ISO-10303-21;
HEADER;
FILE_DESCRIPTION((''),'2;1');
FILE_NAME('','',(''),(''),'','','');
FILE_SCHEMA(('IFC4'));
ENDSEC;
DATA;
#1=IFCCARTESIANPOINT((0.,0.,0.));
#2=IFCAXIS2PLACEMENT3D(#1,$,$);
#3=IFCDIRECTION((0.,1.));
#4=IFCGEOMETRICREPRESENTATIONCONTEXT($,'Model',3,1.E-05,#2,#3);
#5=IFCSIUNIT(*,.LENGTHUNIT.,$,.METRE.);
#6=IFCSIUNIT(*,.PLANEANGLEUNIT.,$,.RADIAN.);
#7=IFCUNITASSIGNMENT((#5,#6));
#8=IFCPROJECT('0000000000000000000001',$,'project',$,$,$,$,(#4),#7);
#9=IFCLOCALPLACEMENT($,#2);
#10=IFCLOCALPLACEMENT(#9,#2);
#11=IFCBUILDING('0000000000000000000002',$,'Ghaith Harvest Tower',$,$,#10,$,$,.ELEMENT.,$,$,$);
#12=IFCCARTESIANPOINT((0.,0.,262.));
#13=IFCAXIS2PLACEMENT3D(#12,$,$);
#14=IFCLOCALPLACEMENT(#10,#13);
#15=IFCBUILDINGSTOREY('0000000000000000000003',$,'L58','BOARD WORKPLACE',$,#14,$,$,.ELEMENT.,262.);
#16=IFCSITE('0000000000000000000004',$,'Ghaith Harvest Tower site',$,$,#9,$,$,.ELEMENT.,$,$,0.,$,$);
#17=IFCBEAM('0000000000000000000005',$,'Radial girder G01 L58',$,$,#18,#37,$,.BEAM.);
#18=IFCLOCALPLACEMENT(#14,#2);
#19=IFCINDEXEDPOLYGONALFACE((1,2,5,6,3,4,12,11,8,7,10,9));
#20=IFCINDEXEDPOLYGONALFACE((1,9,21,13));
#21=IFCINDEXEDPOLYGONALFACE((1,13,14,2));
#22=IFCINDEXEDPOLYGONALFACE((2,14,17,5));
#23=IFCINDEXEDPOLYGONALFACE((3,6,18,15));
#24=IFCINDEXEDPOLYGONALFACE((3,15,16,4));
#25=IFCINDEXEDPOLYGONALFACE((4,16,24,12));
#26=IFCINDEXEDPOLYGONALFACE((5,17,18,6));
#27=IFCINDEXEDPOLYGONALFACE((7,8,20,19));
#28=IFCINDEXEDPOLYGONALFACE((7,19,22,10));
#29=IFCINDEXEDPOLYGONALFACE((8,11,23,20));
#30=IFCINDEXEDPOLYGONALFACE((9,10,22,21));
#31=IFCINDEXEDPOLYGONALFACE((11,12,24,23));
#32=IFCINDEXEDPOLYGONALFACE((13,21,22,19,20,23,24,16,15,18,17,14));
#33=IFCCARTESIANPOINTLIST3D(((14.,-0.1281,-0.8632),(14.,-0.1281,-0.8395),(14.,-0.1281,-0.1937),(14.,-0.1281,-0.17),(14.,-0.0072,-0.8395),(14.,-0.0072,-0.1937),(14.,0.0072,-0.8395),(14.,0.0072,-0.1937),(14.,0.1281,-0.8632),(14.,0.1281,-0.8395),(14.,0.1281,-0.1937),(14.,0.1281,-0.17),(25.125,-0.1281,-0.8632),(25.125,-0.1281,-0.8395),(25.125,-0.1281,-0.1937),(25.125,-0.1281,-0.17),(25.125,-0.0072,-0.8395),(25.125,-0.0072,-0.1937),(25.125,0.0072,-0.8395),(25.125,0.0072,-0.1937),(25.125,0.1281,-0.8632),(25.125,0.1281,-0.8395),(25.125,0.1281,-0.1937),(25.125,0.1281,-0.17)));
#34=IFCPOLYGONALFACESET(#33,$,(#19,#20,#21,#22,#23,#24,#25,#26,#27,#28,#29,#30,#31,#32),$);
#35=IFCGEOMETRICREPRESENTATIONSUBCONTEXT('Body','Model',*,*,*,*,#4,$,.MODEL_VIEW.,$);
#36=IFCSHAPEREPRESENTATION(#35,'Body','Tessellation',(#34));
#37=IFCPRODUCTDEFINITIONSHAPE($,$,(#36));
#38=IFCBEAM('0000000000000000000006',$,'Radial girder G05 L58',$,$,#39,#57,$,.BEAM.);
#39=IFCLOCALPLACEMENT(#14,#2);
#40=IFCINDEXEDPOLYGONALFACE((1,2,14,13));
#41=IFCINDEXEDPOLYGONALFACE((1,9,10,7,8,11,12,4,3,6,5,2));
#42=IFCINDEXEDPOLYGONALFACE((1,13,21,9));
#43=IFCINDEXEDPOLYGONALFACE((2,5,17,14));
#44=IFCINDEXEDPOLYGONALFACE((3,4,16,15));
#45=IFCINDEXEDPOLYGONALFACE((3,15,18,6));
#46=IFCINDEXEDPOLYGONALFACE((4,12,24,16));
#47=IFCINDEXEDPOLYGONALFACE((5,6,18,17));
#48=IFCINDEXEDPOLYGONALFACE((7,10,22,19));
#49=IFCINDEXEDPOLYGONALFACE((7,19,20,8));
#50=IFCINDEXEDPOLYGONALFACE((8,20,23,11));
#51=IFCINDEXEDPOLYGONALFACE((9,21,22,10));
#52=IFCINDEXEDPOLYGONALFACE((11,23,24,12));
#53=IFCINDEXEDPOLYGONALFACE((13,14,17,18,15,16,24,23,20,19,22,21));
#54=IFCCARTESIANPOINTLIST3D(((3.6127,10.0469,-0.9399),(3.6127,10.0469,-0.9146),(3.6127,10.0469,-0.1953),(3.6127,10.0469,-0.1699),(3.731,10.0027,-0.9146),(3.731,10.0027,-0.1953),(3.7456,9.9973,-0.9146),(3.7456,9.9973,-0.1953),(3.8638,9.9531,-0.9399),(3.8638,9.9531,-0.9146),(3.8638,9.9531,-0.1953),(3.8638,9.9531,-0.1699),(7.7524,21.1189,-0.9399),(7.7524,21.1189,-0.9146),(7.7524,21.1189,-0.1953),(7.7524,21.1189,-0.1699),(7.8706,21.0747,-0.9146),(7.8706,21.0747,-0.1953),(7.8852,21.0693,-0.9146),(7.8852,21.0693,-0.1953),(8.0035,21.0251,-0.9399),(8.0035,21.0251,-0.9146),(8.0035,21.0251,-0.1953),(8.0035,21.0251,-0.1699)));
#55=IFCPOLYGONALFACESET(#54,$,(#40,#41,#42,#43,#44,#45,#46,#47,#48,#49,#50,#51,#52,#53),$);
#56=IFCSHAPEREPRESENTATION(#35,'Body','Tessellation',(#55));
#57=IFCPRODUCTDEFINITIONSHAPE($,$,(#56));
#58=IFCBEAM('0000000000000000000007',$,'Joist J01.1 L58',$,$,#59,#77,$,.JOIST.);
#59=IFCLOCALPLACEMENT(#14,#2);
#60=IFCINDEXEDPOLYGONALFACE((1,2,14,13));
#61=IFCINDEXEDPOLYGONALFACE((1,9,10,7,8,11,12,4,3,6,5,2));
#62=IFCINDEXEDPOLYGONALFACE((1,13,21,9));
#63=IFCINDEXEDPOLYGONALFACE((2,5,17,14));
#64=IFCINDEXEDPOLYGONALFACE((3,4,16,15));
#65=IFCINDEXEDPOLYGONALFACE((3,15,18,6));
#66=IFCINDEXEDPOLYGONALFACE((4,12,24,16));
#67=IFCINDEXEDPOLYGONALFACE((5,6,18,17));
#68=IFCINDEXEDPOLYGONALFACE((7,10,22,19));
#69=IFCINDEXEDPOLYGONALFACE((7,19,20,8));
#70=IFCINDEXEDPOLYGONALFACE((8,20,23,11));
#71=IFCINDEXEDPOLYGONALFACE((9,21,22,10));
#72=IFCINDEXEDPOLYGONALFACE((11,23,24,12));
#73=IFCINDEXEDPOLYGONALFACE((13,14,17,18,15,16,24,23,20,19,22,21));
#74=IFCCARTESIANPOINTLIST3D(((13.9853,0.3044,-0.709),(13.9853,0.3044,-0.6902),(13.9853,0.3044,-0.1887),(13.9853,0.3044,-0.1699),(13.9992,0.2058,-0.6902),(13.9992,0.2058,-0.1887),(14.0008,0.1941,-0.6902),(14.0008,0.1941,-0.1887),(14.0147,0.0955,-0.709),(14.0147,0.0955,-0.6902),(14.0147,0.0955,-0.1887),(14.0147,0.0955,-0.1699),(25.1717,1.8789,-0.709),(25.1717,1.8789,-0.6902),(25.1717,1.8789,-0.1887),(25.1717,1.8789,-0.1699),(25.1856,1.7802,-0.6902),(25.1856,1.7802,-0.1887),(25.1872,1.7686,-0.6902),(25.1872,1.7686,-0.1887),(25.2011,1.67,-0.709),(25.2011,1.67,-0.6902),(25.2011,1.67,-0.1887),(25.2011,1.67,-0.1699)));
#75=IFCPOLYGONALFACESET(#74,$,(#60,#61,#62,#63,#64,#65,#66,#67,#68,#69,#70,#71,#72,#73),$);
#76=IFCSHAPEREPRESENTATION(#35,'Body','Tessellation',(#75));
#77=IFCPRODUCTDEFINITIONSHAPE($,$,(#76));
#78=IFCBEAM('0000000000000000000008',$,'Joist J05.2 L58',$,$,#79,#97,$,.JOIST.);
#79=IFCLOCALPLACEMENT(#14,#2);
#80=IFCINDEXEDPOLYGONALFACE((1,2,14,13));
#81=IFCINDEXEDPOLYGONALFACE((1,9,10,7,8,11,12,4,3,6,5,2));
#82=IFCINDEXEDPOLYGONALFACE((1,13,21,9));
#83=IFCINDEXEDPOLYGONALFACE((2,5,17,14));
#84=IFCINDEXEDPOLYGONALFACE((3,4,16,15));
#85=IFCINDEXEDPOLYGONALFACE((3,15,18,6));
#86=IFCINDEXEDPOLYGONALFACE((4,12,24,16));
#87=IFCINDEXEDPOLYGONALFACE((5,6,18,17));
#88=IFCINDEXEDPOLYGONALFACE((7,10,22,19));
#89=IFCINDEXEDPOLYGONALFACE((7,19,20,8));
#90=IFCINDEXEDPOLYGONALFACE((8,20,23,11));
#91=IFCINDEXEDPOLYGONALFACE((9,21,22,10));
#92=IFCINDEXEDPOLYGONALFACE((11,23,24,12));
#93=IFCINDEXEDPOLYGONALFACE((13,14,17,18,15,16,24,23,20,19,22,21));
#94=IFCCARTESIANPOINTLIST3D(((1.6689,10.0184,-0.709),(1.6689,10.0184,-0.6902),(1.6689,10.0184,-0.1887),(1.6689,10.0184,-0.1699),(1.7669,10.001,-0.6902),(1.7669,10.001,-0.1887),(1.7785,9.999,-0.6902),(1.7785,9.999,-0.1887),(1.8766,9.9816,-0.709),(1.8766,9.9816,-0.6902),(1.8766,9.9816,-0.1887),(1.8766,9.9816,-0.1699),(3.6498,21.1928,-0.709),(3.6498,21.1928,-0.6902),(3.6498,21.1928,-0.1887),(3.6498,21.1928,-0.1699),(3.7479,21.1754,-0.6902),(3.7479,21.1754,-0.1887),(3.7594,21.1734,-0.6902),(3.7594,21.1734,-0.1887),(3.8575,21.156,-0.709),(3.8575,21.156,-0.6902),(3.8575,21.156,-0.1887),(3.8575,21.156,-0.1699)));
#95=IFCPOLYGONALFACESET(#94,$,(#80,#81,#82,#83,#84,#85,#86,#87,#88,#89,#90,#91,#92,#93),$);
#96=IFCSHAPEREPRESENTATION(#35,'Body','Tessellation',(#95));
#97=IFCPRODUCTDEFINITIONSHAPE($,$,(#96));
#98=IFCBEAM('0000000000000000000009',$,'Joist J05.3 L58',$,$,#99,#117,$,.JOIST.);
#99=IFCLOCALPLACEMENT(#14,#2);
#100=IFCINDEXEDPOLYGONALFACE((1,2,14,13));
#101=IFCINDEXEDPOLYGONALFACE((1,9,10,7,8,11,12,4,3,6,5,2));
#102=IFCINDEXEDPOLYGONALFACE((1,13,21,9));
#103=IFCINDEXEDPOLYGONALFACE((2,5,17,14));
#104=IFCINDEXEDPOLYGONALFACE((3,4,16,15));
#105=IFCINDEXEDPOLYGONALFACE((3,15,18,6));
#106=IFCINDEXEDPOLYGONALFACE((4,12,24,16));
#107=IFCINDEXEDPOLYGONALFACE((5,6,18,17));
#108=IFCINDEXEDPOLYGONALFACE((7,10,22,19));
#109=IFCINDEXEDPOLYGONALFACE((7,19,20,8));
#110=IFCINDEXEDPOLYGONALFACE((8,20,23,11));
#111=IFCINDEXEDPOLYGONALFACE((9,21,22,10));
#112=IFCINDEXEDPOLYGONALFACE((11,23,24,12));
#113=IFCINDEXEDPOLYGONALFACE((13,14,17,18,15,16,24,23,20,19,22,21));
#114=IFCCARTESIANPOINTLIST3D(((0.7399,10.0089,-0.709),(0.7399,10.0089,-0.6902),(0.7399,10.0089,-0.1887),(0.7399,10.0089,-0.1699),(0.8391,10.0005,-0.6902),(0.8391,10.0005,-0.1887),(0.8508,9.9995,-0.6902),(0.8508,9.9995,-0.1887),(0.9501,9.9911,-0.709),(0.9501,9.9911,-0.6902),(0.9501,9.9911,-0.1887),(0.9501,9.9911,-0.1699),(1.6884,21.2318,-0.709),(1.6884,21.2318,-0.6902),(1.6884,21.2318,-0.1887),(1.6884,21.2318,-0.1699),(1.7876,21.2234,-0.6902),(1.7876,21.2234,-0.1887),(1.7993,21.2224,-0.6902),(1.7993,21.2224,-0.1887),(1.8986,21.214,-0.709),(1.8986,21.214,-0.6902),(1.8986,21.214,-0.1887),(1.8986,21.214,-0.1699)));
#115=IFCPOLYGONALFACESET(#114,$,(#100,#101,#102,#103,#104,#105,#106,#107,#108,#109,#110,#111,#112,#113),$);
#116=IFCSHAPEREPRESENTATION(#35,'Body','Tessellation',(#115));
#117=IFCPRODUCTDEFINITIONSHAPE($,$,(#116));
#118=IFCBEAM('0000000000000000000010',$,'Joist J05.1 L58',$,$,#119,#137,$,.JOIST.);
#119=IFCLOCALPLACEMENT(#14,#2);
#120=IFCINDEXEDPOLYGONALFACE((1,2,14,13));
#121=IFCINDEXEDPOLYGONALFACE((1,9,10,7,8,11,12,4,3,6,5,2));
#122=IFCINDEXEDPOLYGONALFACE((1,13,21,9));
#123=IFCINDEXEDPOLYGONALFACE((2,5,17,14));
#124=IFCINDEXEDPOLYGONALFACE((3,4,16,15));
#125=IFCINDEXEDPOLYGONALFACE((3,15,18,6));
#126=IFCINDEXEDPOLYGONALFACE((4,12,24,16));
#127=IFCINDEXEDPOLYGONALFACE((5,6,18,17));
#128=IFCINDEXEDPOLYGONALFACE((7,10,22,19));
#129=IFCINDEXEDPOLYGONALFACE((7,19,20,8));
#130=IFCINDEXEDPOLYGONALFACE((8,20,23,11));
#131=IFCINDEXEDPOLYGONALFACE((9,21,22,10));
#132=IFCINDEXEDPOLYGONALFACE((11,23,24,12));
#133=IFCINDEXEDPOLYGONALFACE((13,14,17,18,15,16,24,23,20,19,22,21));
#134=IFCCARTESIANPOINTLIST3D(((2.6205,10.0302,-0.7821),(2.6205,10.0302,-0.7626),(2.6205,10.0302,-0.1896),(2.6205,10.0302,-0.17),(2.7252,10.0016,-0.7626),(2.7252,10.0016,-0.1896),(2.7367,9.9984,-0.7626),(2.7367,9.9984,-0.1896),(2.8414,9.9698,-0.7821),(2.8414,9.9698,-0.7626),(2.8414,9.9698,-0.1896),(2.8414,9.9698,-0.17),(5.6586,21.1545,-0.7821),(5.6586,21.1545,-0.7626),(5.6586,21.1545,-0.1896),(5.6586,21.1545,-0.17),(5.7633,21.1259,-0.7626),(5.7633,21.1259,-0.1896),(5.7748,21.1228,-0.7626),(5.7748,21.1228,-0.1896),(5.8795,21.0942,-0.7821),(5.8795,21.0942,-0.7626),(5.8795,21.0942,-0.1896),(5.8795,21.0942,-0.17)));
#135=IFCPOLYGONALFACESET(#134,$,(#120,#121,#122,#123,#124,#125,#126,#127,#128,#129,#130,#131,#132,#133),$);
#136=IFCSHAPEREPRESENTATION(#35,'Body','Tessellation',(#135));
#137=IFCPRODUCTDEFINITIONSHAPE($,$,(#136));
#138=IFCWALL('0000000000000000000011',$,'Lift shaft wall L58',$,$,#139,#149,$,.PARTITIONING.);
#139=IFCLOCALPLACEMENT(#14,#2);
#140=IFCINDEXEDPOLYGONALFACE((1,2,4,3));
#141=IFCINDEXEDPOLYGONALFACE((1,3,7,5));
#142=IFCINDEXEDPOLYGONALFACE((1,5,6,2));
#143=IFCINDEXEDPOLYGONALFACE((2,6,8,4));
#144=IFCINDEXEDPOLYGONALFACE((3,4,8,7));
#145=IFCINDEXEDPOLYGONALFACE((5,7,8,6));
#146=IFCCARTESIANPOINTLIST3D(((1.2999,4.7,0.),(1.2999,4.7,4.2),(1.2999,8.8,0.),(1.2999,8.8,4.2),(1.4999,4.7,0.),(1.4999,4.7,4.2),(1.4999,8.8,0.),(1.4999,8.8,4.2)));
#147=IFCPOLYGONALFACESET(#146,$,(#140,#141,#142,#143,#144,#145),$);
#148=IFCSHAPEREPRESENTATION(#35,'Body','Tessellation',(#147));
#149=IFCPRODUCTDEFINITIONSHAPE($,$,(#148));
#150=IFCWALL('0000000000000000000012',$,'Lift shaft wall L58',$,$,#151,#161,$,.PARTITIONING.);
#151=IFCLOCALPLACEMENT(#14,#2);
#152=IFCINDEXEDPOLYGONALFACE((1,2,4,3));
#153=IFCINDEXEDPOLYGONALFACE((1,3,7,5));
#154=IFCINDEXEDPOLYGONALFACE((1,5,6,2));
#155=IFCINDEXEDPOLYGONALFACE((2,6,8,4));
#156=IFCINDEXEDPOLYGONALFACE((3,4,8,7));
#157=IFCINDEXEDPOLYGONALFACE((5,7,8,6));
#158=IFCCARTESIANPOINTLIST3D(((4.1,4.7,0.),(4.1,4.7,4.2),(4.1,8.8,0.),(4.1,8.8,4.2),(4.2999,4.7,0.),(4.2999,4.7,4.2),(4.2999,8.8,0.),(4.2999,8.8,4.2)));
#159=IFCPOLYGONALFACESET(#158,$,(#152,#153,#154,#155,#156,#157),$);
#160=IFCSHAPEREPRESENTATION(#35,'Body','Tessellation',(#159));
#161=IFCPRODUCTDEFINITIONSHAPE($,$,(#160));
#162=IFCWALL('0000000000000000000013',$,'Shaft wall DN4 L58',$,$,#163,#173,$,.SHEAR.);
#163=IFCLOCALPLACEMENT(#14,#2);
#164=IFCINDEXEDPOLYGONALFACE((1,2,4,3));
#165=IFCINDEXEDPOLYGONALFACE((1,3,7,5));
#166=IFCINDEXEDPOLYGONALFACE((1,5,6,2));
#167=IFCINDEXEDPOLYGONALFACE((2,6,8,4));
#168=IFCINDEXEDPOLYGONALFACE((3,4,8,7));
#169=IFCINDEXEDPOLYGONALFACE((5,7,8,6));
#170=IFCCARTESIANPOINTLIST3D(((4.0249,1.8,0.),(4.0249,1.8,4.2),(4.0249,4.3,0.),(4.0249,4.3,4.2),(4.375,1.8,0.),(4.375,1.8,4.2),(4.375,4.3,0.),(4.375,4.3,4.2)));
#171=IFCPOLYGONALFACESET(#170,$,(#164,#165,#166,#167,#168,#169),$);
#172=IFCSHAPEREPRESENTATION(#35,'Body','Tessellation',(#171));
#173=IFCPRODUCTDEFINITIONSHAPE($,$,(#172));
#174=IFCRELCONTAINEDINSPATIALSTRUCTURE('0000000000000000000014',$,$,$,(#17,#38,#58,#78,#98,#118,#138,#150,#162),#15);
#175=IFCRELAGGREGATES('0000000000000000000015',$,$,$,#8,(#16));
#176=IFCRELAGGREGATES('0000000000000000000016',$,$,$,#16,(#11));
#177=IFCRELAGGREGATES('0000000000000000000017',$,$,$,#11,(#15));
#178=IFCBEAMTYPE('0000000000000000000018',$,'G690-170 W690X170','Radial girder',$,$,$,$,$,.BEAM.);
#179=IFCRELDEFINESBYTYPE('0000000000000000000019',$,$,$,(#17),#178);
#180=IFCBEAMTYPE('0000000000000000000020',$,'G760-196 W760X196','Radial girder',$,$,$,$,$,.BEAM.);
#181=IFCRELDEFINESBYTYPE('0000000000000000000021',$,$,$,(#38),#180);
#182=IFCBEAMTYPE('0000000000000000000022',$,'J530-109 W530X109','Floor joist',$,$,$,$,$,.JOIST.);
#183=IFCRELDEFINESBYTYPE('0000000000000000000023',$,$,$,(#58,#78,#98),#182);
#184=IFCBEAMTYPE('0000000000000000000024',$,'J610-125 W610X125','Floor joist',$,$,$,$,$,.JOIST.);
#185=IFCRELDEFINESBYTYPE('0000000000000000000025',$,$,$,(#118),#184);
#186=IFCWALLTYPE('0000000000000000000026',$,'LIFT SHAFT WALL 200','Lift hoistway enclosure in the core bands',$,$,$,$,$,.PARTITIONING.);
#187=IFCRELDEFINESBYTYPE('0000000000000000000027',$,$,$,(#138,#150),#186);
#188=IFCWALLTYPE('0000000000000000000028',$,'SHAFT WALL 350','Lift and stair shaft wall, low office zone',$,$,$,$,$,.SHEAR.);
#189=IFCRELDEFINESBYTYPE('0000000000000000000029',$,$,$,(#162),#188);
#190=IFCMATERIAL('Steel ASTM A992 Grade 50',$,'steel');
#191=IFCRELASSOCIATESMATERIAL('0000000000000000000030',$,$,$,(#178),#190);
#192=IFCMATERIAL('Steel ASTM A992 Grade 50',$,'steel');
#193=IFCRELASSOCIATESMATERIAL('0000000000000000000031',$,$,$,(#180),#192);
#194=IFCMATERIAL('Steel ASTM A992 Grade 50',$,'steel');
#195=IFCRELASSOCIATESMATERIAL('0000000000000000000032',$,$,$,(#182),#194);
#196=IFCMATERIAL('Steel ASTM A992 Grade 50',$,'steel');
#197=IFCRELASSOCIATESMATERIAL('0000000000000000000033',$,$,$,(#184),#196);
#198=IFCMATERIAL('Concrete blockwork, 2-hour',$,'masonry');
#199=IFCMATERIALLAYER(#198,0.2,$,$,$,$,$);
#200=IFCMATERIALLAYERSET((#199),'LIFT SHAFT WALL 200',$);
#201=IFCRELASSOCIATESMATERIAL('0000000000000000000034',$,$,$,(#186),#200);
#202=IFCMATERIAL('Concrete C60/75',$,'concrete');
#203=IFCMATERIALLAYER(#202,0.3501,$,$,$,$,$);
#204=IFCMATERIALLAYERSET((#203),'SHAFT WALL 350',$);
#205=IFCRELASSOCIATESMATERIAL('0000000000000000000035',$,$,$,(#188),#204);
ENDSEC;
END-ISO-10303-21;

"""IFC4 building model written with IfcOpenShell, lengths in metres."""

from ifc_helpers import new_model, si_unit, direction, frame, frame_2d, origin, origin_2d, place, context, subcontext, project, spatial, rectangle, i_section, extrude, material, layer, layer_set, material_profile, profile_set, type_object, element, save


model = new_model("IFC4")

# Units and contexts
model_context = context("Model", 3, precision=1e-05, world=origin(), true_north=direction((0.0, 1.0)))
body_context = subcontext(model_context, "Body", "Model", "MODEL_VIEW")
ifc_project = project(units=[si_unit("LENGTHUNIT", "METRE"), si_unit("PLANEANGLEUNIT", "RADIAN")], contexts=[model_context])

# Site, building, storey
site_placement = place(None, origin())
site = spatial("IfcSite", under=ifc_project, at=site_placement, Name="Ghaith Harvest Tower site", CompositionType="ELEMENT", RefElevation=0.0)
building_placement = place(site_placement, origin())
building = spatial("IfcBuilding", under=site, at=building_placement, Name="Ghaith Harvest Tower", CompositionType="ELEMENT")
storey_placement = place(building_placement, frame((0.0, 0.0, 262.0)))
storey = spatial("IfcBuildingStorey", under=building, at=storey_placement, Name="L58", Description="BOARD WORKPLACE", CompositionType="ELEMENT", Elevation=262.0)

# Beams
ifc_material_1 = material(Name="Steel ASTM A992 Grade 50", Category="steel")
ifc_material_profile_1 = material_profile(ifc_material_1, i_section(OverallWidth=0.2561, OverallDepth=0.6931, WebThickness=0.0144, FlangeThickness=0.0237, at=origin_2d()), Name="W690X170")
ifc_profile_set_1 = profile_set([ifc_material_profile_1], Name="Steel ASTM A992 Grade 50")
beam_type_1 = type_object("IfcBeamType", Name="G690-170 W690X170", Description="Radial girder", PredefinedType="BEAM", material=ifc_profile_set_1)
beam_1_placement = place(storey_placement, frame((14.0, 0.0, -0.5166), z_axis=(1.0, 0.0, 0.0), x_axis=(0.0, 1.0, 0.0)))
element("IfcBeam", 1, at=beam_1_placement, inside=storey, type_object=beam_type_1, Name="Radial girder G01 L58", PredefinedType="BEAM", context=body_context, shape_type="SweptSolid", body=[
    extrude(i_section(OverallWidth=0.2561, OverallDepth=0.6931, WebThickness=0.0144, FlangeThickness=0.0237, at=origin_2d()), origin(), (0.0, 0.0, 1.0), 11.125),
])
ifc_material_2 = material(Name="Steel ASTM A992 Grade 50", Category="steel")
ifc_material_profile_2 = material_profile(ifc_material_2, i_section(OverallWidth=0.2681, OverallDepth=0.77, WebThickness=0.0156, FlangeThickness=0.0254, at=origin_2d()), Name="W760X196")
ifc_profile_set_2 = profile_set([ifc_material_profile_2], Name="Steel ASTM A992 Grade 50")
beam_type_2 = type_object("IfcBeamType", Name="G760-196 W760X196", Description="Radial girder", PredefinedType="BEAM", material=ifc_profile_set_2)
beam_2_placement = place(storey_placement, frame((3.7383, 10.0, -0.5549), z_axis=(0.350207, 0.936672, 0.0), x_axis=(-0.936672, 0.350207, 0.0)))
element("IfcBeam", 2, at=beam_2_placement, inside=storey, type_object=beam_type_2, Name="Radial girder G05 L58", PredefinedType="BEAM", context=body_context, shape_type="SweptSolid", body=[
    extrude(i_section(OverallWidth=0.2681, OverallDepth=0.77, WebThickness=0.0156, FlangeThickness=0.0254, at=origin_2d()), origin(), (0.0, 0.0, 1.0), 11.8206),
])
ifc_material_3 = material(Name="Steel ASTM A992 Grade 50", Category="steel")
ifc_material_profile_3 = material_profile(ifc_material_3, i_section(OverallWidth=0.2109, OverallDepth=0.5391, WebThickness=0.0117, FlangeThickness=0.0188, at=origin_2d()), Name="W530X109")
ifc_profile_set_3 = profile_set([ifc_material_profile_3], Name="Steel ASTM A992 Grade 50")
beam_type_3 = type_object("IfcBeamType", Name="J530-109 W530X109", Description="Floor joist", PredefinedType="JOIST", material=ifc_profile_set_3)
beam_3_placement = place(storey_placement, frame((14.0, 0.2, -0.4395), z_axis=(0.99024, 0.139376, 0.0), x_axis=(-0.139376, 0.99024, 0.0)))
element("IfcBeam", 3, at=beam_3_placement, inside=storey, type_object=beam_type_3, Name="Joist J01.1 L58", PredefinedType="JOIST", context=body_context, shape_type="SweptSolid", body=[
    extrude(i_section(OverallWidth=0.2109, OverallDepth=0.5391, WebThickness=0.0117, FlangeThickness=0.0188, at=origin_2d()), origin(), (0.0, 0.0, 1.0), 11.2966),
])
beam_4_placement = place(storey_placement, frame((1.7727, 10.0, -0.4395), z_axis=(0.174556, 0.984647, 0.0), x_axis=(-0.984647, 0.174556, 0.0)))
element("IfcBeam", 4, at=beam_4_placement, inside=storey, type_object=beam_type_3, Name="Joist J05.2 L58", PredefinedType="JOIST", context=body_context, shape_type="SweptSolid", body=[
    extrude(i_section(OverallWidth=0.2109, OverallDepth=0.5391, WebThickness=0.0117, FlangeThickness=0.0188, at=origin_2d()), origin(), (0.0, 0.0, 1.0), 11.3486),
])
beam_5_placement = place(storey_placement, frame((0.845, 10.0, -0.4395), z_axis=(0.084213, 0.996448, 0.0), x_axis=(-0.996448, 0.084213, 0.0)))
element("IfcBeam", 5, at=beam_5_placement, inside=storey, type_object=beam_type_3, Name="Joist J05.3 L58", PredefinedType="JOIST", context=body_context, shape_type="SweptSolid", body=[
    extrude(i_section(OverallWidth=0.2109, OverallDepth=0.5391, WebThickness=0.0117, FlangeThickness=0.0188, at=origin_2d()), origin(), (0.0, 0.0, 1.0), 11.2629),
])
ifc_material_4 = material(Name="Steel ASTM A992 Grade 50", Category="steel")
ifc_material_profile_4 = material_profile(ifc_material_4, i_section(OverallWidth=0.229, OverallDepth=0.6121, WebThickness=0.012, FlangeThickness=0.0195, at=origin_2d()), Name="W610X125")
ifc_profile_set_4 = profile_set([ifc_material_profile_4], Name="Steel ASTM A992 Grade 50")
beam_type_4 = type_object("IfcBeamType", Name="J610-125 W610X125", Description="Floor joist", PredefinedType="JOIST", material=ifc_profile_set_4)
beam_6_placement = place(storey_placement, frame((2.731, 10.0, -0.4761), z_axis=(0.263456, 0.964671, 0.0), x_axis=(-0.964671, 0.263456, 0.0)))
element("IfcBeam", 6, at=beam_6_placement, inside=storey, type_object=beam_type_4, Name="Joist J05.1 L58", PredefinedType="JOIST", context=body_context, shape_type="SweptSolid", body=[
    extrude(i_section(OverallWidth=0.229, OverallDepth=0.6121, WebThickness=0.012, FlangeThickness=0.0195, at=origin_2d()), origin(), (0.0, 0.0, 1.0), 11.5317),
])

# Walls
ifc_material_5 = material(Name="Concrete blockwork, 2-hour", Category="masonry")
ifc_layer_1 = layer(ifc_material_5, 0.2)
ifc_layer_set_1 = layer_set([ifc_layer_1], Name="LIFT SHAFT WALL 200")
wall_type_1 = type_object("IfcWallType", Name="LIFT SHAFT WALL 200", Description="Lift hoistway enclosure in the core bands", PredefinedType="PARTITIONING", material=ifc_layer_set_1)
for number, where, z_axis, x_axis, name in (
    (7, (1.3999, 4.7, 0.0), (0.0, 0.0, 1.0), (0.0, 1.0, 0.0), "Lift shaft wall L58"),
    (8, (4.2, 4.7, 0.0), (0.0, 0.0, 1.0), (0.0, 1.0, 0.0), "Lift shaft wall L58"),
):
    element("IfcWall", number, at=place(storey_placement, frame(where, z_axis=z_axis, x_axis=x_axis)), inside=storey, type_object=wall_type_1, Name=name, PredefinedType="PARTITIONING", context=body_context, shape_type="SweptSolid", body=[
        extrude(rectangle(XDim=4.1001, YDim=0.2, at=frame_2d((2.05, 0.0))), origin(), (0.0, 0.0, 1.0), 4.2),
    ])

# Shared definitions
ifc_material_6 = material(Name="Concrete C60/75", Category="concrete")
ifc_layer_2 = layer(ifc_material_6, 0.3501)
ifc_layer_set_2 = layer_set([ifc_layer_2], Name="SHAFT WALL 350")
wall_type_2 = type_object("IfcWallType", Name="SHAFT WALL 350", Description="Lift and stair shaft wall, low office zone", PredefinedType="SHEAR", material=ifc_layer_set_2)

# Wall
wall_1_placement = place(storey_placement, frame((4.2, 1.8, 0.0), z_axis=(0.0, 0.0, 1.0), x_axis=(0.0, 1.0, 0.0)))
element("IfcWall", 9, at=wall_1_placement, inside=storey, type_object=wall_type_2, Name="Shaft wall DN4 L58", PredefinedType="SHEAR", context=body_context, shape_type="SweptSolid", body=[
    extrude(rectangle(XDim=2.5, YDim=0.3501, at=frame_2d((1.25, 0.0))), origin(), (0.0, 0.0, 1.0), 4.2),
])

save(model, "model.ifc")
